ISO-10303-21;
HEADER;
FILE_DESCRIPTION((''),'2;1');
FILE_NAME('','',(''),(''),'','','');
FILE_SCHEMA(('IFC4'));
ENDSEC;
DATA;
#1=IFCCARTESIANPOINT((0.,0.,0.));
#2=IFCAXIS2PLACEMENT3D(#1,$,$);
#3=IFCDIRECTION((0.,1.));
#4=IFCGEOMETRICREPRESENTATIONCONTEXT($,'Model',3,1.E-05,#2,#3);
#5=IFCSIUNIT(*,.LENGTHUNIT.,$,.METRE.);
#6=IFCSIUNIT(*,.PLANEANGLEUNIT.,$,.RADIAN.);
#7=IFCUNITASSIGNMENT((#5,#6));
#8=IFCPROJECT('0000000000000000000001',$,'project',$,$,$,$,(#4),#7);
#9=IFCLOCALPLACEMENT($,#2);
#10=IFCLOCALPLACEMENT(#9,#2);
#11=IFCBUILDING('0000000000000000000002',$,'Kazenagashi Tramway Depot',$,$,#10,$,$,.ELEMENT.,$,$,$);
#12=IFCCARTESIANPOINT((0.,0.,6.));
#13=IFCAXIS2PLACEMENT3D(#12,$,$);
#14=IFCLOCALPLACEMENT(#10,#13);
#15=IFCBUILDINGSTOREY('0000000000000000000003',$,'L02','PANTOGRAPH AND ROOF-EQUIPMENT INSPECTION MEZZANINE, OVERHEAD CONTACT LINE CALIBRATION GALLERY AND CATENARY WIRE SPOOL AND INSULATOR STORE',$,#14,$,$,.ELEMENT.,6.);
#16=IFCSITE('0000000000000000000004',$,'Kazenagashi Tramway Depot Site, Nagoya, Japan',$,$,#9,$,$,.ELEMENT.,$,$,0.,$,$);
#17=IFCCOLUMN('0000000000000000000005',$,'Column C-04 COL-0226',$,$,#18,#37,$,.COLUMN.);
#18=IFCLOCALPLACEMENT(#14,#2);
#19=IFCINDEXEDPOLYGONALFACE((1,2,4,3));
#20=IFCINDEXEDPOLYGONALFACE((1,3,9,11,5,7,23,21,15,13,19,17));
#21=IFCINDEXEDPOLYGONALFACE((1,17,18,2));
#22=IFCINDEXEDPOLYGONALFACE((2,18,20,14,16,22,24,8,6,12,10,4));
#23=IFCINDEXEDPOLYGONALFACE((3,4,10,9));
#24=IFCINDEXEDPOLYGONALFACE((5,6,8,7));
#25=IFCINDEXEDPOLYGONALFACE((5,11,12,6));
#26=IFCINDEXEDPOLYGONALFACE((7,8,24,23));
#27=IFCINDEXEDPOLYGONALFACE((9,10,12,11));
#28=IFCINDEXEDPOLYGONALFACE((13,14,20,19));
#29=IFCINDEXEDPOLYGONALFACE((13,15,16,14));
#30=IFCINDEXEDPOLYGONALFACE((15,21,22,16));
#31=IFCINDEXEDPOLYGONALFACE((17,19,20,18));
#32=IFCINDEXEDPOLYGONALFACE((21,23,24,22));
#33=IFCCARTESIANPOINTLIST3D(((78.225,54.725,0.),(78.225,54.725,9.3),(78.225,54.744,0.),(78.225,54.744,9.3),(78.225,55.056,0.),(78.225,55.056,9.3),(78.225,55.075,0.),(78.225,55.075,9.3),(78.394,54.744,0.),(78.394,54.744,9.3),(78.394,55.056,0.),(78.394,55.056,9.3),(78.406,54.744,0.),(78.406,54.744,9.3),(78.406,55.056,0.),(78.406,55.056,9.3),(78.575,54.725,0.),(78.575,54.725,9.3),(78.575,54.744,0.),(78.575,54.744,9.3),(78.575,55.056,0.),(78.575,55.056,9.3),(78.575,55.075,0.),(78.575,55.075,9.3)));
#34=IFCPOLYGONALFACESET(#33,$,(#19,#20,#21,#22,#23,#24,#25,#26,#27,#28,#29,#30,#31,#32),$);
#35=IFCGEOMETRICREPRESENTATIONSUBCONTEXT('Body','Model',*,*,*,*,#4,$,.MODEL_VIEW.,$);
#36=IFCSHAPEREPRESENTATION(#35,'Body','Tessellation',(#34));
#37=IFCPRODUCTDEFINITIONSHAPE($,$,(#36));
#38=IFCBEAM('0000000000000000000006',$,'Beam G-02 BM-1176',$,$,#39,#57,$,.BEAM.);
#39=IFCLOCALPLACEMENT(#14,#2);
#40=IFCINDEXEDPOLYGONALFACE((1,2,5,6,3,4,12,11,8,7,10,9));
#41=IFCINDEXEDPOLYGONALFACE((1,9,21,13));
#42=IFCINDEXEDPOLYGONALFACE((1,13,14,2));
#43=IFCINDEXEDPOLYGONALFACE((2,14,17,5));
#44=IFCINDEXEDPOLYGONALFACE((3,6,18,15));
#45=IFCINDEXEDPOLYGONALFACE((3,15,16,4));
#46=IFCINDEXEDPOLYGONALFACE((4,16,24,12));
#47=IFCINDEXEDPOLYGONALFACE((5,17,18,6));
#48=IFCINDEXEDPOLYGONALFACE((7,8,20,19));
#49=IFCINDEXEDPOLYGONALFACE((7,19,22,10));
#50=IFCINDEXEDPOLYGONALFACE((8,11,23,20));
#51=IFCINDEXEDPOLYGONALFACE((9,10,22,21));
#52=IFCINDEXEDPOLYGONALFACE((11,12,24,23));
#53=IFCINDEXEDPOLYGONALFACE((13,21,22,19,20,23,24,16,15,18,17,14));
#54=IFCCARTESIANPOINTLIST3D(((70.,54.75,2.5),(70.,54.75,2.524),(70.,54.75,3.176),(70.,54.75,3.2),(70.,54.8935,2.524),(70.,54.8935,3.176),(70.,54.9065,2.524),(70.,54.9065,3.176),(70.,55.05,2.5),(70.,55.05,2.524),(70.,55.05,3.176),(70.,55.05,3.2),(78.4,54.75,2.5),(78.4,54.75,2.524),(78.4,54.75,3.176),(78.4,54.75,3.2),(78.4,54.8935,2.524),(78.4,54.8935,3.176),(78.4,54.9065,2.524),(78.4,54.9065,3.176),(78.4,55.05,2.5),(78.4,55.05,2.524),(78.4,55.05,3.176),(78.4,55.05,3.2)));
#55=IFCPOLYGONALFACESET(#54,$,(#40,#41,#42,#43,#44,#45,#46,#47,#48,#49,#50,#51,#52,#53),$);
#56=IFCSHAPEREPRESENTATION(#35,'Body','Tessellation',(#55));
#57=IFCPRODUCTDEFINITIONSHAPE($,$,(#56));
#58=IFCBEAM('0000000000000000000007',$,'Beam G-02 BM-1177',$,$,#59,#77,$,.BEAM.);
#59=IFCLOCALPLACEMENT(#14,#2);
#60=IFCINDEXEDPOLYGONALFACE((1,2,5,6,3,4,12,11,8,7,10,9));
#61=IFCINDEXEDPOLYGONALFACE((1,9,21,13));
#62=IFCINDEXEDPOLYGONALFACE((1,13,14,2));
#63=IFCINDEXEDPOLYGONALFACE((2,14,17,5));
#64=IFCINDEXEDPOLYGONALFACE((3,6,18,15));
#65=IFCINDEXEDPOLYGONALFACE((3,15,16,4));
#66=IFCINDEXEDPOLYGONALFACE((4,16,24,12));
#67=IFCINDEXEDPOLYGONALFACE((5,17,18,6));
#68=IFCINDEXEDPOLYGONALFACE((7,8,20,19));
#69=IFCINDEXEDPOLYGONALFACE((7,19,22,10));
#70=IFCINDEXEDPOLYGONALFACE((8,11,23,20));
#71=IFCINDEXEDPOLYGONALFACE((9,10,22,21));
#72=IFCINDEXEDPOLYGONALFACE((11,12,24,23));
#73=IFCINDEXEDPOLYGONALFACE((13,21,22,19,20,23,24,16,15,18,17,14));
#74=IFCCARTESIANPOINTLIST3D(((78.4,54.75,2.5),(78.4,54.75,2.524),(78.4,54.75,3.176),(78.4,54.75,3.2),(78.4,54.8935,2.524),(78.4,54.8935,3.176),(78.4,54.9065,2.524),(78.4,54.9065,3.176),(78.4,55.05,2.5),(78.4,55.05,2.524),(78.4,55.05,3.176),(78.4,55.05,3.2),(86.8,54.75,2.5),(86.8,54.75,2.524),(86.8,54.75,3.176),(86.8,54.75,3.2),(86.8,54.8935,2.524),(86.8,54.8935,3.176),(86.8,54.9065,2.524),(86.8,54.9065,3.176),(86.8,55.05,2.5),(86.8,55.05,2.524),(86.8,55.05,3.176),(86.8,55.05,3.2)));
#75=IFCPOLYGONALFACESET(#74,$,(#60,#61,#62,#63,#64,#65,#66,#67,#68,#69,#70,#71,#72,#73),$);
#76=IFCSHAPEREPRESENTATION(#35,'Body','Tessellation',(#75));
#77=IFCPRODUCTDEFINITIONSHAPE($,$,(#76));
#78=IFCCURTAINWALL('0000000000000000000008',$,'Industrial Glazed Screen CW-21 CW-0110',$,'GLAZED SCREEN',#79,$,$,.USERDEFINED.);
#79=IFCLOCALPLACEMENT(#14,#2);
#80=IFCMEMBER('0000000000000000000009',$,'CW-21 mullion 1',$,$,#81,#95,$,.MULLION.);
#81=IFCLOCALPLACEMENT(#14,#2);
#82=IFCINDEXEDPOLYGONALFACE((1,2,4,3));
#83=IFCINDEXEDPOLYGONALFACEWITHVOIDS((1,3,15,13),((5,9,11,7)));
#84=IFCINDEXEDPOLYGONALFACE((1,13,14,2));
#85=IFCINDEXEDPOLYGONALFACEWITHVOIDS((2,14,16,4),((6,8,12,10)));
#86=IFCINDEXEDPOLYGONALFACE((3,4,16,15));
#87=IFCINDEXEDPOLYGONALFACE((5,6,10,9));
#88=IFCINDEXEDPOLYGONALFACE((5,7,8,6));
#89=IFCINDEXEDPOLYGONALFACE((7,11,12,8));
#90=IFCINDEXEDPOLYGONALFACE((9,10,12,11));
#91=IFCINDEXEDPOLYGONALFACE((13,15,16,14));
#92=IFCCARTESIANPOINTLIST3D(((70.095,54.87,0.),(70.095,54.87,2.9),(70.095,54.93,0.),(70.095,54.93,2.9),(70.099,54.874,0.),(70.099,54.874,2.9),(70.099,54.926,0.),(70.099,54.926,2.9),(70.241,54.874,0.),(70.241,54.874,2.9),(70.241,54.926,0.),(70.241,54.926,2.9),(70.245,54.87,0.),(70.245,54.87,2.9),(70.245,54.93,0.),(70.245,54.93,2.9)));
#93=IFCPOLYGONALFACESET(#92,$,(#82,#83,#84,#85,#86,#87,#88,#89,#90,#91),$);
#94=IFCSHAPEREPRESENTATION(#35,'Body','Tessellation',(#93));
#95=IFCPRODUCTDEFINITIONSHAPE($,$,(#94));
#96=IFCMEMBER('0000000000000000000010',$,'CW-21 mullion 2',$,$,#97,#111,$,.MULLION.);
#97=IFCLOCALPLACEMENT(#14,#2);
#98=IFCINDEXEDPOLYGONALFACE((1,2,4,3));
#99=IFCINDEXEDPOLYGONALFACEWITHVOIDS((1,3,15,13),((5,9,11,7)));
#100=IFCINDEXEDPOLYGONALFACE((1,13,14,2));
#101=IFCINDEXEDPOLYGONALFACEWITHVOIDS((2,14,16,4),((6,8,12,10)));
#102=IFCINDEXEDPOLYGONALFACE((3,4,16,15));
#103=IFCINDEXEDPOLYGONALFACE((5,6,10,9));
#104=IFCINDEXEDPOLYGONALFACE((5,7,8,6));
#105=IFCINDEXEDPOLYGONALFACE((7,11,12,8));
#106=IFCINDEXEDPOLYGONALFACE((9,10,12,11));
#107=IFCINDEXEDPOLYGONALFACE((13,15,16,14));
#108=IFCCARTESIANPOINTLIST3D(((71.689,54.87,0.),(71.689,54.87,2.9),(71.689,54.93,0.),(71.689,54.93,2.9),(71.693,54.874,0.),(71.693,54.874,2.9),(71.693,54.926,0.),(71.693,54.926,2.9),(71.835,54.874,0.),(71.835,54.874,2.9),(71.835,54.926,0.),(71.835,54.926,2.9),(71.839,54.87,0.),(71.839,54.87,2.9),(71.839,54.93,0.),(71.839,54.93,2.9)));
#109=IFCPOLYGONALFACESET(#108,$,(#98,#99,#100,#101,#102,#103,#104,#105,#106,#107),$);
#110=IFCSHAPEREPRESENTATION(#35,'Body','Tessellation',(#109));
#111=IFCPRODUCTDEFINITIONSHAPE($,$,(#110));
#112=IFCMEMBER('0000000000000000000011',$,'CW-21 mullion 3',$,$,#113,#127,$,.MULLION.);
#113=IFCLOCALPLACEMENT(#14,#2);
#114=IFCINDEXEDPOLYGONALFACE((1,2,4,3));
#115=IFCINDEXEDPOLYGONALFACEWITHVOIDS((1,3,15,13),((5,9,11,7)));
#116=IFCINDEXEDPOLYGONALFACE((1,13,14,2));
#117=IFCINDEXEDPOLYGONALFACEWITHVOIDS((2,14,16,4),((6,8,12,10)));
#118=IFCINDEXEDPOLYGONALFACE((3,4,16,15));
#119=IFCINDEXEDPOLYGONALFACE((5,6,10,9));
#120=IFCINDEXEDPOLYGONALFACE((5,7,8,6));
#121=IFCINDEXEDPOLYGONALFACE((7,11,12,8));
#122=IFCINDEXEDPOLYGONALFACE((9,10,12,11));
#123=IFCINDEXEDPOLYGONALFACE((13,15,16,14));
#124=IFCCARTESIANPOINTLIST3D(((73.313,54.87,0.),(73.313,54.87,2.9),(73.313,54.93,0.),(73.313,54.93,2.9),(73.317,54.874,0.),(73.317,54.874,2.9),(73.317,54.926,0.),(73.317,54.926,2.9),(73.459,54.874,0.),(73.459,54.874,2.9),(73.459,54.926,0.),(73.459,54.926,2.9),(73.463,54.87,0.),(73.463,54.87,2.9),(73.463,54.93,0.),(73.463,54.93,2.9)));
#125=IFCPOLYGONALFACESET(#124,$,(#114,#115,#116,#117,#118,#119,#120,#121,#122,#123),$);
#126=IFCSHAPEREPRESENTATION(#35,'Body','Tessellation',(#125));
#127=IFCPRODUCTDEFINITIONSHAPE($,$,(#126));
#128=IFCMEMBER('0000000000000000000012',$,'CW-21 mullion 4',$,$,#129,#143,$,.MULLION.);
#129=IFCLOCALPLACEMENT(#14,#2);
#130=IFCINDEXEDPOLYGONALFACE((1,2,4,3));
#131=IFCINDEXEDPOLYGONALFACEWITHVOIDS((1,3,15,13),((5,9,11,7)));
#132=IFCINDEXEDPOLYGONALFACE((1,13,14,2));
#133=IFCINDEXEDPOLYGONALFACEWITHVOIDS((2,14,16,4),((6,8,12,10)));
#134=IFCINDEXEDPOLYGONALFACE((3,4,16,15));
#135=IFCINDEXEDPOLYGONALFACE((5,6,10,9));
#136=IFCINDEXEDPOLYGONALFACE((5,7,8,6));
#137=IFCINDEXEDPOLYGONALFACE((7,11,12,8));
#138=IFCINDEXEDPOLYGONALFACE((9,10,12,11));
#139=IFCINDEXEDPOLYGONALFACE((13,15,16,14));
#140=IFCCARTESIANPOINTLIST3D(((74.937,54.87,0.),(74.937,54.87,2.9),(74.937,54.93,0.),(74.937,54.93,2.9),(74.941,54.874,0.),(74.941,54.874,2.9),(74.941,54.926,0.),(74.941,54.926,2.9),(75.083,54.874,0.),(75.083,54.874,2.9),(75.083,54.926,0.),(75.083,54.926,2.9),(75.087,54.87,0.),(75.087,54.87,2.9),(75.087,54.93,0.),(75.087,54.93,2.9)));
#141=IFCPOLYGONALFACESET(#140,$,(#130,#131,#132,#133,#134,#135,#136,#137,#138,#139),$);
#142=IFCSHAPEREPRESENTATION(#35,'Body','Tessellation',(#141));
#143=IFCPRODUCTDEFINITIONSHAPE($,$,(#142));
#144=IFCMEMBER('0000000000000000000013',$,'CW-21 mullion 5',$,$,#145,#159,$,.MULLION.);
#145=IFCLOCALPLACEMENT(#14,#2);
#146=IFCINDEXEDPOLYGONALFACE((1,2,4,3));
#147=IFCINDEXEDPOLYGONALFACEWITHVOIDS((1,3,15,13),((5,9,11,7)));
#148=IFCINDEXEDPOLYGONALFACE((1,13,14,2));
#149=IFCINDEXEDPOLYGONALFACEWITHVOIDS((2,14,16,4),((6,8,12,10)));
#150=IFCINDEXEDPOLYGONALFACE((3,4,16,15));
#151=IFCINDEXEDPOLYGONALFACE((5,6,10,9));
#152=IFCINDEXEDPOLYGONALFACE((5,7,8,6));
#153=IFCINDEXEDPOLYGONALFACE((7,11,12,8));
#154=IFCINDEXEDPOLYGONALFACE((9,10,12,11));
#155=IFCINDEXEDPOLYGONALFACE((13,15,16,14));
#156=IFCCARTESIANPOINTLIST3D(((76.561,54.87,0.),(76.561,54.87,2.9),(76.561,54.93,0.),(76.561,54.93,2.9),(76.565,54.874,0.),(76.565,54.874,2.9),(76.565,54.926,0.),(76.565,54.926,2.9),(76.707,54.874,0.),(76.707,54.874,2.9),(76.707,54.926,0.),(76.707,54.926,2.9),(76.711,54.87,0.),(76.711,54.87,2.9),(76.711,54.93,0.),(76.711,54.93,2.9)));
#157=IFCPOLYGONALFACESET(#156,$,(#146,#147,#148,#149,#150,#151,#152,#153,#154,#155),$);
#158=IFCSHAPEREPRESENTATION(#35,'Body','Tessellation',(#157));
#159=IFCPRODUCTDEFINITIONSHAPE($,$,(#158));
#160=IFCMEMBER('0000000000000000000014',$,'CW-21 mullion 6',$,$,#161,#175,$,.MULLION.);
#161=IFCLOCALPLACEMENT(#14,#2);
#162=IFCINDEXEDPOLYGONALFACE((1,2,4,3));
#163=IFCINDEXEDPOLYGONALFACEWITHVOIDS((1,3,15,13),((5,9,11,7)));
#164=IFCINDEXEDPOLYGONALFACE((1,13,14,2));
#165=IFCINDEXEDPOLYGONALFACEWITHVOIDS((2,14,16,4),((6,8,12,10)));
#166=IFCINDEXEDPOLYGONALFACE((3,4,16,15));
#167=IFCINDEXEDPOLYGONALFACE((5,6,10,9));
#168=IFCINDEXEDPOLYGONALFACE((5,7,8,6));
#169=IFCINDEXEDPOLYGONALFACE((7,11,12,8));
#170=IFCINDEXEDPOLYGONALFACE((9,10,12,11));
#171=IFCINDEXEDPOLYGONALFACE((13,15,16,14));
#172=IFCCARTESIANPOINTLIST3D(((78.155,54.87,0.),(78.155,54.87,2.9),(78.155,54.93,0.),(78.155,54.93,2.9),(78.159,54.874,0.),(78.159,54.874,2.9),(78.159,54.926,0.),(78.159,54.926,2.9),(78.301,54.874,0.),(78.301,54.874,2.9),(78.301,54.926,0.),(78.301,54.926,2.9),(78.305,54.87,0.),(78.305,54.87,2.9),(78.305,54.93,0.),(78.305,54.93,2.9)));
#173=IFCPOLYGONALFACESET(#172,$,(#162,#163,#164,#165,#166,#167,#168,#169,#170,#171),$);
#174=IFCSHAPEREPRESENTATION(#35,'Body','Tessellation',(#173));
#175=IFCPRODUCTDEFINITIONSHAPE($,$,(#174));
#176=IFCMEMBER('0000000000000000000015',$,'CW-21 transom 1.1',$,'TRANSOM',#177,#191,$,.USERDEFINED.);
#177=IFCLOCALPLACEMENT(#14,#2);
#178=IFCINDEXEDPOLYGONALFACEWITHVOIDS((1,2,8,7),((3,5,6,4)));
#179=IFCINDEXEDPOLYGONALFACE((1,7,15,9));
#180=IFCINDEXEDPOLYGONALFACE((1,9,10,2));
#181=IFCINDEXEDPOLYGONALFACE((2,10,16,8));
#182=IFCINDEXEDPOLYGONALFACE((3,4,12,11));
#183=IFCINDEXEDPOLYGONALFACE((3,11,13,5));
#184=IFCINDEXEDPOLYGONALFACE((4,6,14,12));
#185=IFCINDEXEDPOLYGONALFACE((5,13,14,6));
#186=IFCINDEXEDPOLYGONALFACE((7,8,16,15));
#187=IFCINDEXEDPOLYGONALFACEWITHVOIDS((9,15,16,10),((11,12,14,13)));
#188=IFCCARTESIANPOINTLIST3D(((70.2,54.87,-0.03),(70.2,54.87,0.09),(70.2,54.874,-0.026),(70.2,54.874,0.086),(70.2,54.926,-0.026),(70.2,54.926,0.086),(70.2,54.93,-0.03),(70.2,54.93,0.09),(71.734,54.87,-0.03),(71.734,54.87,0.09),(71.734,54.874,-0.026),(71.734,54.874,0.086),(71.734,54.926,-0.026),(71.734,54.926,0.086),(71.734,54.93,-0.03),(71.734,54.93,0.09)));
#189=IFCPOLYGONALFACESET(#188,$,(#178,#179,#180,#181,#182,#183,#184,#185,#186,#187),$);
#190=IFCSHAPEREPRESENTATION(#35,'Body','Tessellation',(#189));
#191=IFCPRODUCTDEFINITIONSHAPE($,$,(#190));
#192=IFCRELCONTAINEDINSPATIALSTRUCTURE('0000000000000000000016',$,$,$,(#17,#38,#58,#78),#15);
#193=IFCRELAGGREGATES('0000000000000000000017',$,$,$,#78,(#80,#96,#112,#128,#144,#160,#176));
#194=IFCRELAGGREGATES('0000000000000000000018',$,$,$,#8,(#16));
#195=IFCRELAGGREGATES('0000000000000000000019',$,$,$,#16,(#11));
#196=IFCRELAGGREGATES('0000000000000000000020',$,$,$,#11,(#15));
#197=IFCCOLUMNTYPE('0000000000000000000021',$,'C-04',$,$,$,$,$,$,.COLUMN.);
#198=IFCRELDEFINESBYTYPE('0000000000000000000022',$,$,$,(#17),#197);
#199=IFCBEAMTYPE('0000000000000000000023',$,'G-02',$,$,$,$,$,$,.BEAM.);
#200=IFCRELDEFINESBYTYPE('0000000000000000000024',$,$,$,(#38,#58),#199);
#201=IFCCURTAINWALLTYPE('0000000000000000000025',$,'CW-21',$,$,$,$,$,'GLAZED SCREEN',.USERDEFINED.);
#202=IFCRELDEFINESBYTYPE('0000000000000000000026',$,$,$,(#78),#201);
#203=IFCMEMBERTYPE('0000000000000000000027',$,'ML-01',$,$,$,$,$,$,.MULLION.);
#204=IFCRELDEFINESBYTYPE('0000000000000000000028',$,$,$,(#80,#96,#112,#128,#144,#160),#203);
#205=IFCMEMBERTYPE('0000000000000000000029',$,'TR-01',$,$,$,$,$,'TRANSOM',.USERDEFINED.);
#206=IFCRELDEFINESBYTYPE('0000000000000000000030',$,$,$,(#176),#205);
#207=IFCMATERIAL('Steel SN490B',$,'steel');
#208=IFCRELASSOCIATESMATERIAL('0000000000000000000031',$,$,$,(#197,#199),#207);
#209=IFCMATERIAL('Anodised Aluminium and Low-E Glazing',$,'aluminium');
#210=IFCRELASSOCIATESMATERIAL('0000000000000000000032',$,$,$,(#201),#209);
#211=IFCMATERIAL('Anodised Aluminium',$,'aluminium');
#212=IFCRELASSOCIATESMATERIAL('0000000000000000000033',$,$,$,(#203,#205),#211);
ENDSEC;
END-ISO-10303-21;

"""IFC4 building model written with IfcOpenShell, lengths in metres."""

from ifc_helpers import new_model, si_unit, direction, frame, origin, origin_2d, place, context, subcontext, project, spatial, hollow_rectangle, i_section, extrude, material, material_profile, profile_set, type_object, element, aggregate, save


model = new_model("IFC4")

# Units and contexts
model_context = context("Model", 3, precision=1e-05, world=origin(), true_north=direction((0.0, 1.0)))
body_context = subcontext(model_context, "Body", "Model", "MODEL_VIEW")
ifc_project = project(units=[si_unit("LENGTHUNIT", "METRE"), si_unit("PLANEANGLEUNIT", "RADIAN")], contexts=[model_context])

# Site, building, storey
site_placement = place(None, origin())
site = spatial("IfcSite", under=ifc_project, at=site_placement, Name="Kazenagashi Tramway Depot Site, Nagoya, Japan", CompositionType="ELEMENT", RefElevation=0.0)
building_placement = place(site_placement, origin())
building = spatial("IfcBuilding", under=site, at=building_placement, Name="Kazenagashi Tramway Depot", CompositionType="ELEMENT")
storey_placement = place(building_placement, frame((0.0, 0.0, 6.0)))
storey = spatial("IfcBuildingStorey", under=building, at=storey_placement, Name="L02", Description="PANTOGRAPH AND ROOF-EQUIPMENT INSPECTION MEZZANINE, OVERHEAD CONTACT LINE CALIBRATION GALLERY AND CATENARY WIRE SPOOL AND INSULATOR STORE", CompositionType="ELEMENT", Elevation=6.0)

# Column
ifc_material_1 = material(Name="Steel SN490B", Category="steel")
ifc_material_profile_1 = material_profile(ifc_material_1, i_section(OverallWidth=0.35, OverallDepth=0.35, WebThickness=0.012, FlangeThickness=0.019, at=origin_2d()), Name="H-350x350x12x19")
ifc_profile_set_1 = profile_set([ifc_material_profile_1], Name="Steel SN490B")
column_type = type_object("IfcColumnType", Name="C-04", PredefinedType="COLUMN", material=ifc_profile_set_1)
column_placement = place(storey_placement, frame((78.4, 54.9, 0.0), z_axis=(0.0, 0.0, 1.0), x_axis=(1.0, 0.0, 0.0)))
element("IfcColumn", 1, at=column_placement, inside=storey, type_object=column_type, Name="Column C-04 COL-0226", PredefinedType="COLUMN", context=body_context, shape_type="SweptSolid", body=[
    extrude(i_section(OverallWidth=0.35, OverallDepth=0.35, WebThickness=0.012, FlangeThickness=0.019, at=origin_2d()), origin(), (0.0, 0.0, 1.0), 9.3),
])

# Beams
ifc_material_profile_2 = material_profile(ifc_material_1, i_section(OverallWidth=0.3, OverallDepth=0.7, WebThickness=0.013, FlangeThickness=0.024, at=origin_2d()), Name="H-700x300x13x24")
ifc_profile_set_2 = profile_set([ifc_material_profile_2], Name="Steel SN490B")
beam_type = type_object("IfcBeamType", Name="G-02", PredefinedType="BEAM", material=ifc_profile_set_2)
for number, where, z_axis, x_axis, name in (
    (2, (70.0, 54.9, 2.85), (1.0, 0.0, 0.0), (0.0, 1.0, 0.0), "Beam G-02 BM-1176"),
    (3, (78.4, 54.9, 2.85), (1.0, 0.0, 0.0), (0.0, 1.0, 0.0), "Beam G-02 BM-1177"),
):
    element("IfcBeam", number, at=place(storey_placement, frame(where, z_axis=z_axis, x_axis=x_axis)), inside=storey, type_object=beam_type, Name=name, PredefinedType="BEAM", context=body_context, shape_type="SweptSolid", body=[
        extrude(i_section(OverallWidth=0.3, OverallDepth=0.7, WebThickness=0.013, FlangeThickness=0.024, at=origin_2d()), origin(), (0.0, 0.0, 1.0), 8.4),
    ])

# Curtain wall, members
ifc_material_2 = material(Name="Anodised Aluminium and Low-E Glazing", Category="aluminium")
curtain_wall_type = type_object("IfcCurtainWallType", Name="CW-21", ElementType="GLAZED SCREEN", PredefinedType="USERDEFINED", material=ifc_material_2)
curtain_wall_placement = place(storey_placement, origin())
curtain_wall = element("IfcCurtainWall", 4, at=curtain_wall_placement, inside=storey, type_object=curtain_wall_type, Name="Industrial Glazed Screen CW-21 CW-0110", ObjectType="GLAZED SCREEN", PredefinedType="USERDEFINED")
ifc_material_3 = material(Name="Anodised Aluminium", Category="aluminium")
ifc_material_profile_3 = material_profile(ifc_material_3, hollow_rectangle(XDim=0.06, YDim=0.15, WallThickness=0.004, at=origin_2d()), Name="RHS-150x60x4")
ifc_profile_set_3 = profile_set([ifc_material_profile_3], Name="Anodised Aluminium")
member_type_1 = type_object("IfcMemberType", Name="ML-01", PredefinedType="MULLION", material=ifc_profile_set_3)
member_1_placement = place(storey_placement, frame((70.17, 54.9, 0.0), z_axis=(0.0, 0.0, 1.0), x_axis=(0.0, 1.0, 0.0)))
member_1 = element("IfcMember", 5, at=member_1_placement, type_object=member_type_1, Name="CW-21 mullion 1", PredefinedType="MULLION", context=body_context, shape_type="SweptSolid", body=[
    extrude(hollow_rectangle(XDim=0.06, YDim=0.15, WallThickness=0.004, at=origin_2d()), origin(), (0.0, 0.0, 1.0), 2.9),
])
member_2_placement = place(storey_placement, frame((71.764, 54.9, 0.0), z_axis=(0.0, 0.0, 1.0), x_axis=(0.0, 1.0, 0.0)))
member_2 = element("IfcMember", 6, at=member_2_placement, type_object=member_type_1, Name="CW-21 mullion 2", PredefinedType="MULLION", context=body_context, shape_type="SweptSolid", body=[
    extrude(hollow_rectangle(XDim=0.06, YDim=0.15, WallThickness=0.004, at=origin_2d()), origin(), (0.0, 0.0, 1.0), 2.9),
])
member_3_placement = place(storey_placement, frame((73.388, 54.9, 0.0), z_axis=(0.0, 0.0, 1.0), x_axis=(0.0, 1.0, 0.0)))
member_3 = element("IfcMember", 7, at=member_3_placement, type_object=member_type_1, Name="CW-21 mullion 3", PredefinedType="MULLION", context=body_context, shape_type="SweptSolid", body=[
    extrude(hollow_rectangle(XDim=0.06, YDim=0.15, WallThickness=0.004, at=origin_2d()), origin(), (0.0, 0.0, 1.0), 2.9),
])
member_4_placement = place(storey_placement, frame((75.012, 54.9, 0.0), z_axis=(0.0, 0.0, 1.0), x_axis=(0.0, 1.0, 0.0)))
member_4 = element("IfcMember", 8, at=member_4_placement, type_object=member_type_1, Name="CW-21 mullion 4", PredefinedType="MULLION", context=body_context, shape_type="SweptSolid", body=[
    extrude(hollow_rectangle(XDim=0.06, YDim=0.15, WallThickness=0.004, at=origin_2d()), origin(), (0.0, 0.0, 1.0), 2.9),
])
member_5_placement = place(storey_placement, frame((76.636, 54.9, 0.0), z_axis=(0.0, 0.0, 1.0), x_axis=(0.0, 1.0, 0.0)))
member_5 = element("IfcMember", 9, at=member_5_placement, type_object=member_type_1, Name="CW-21 mullion 5", PredefinedType="MULLION", context=body_context, shape_type="SweptSolid", body=[
    extrude(hollow_rectangle(XDim=0.06, YDim=0.15, WallThickness=0.004, at=origin_2d()), origin(), (0.0, 0.0, 1.0), 2.9),
])
member_6_placement = place(storey_placement, frame((78.23, 54.9, 0.0), z_axis=(0.0, 0.0, 1.0), x_axis=(0.0, 1.0, 0.0)))
member_6 = element("IfcMember", 10, at=member_6_placement, type_object=member_type_1, Name="CW-21 mullion 6", PredefinedType="MULLION", context=body_context, shape_type="SweptSolid", body=[
    extrude(hollow_rectangle(XDim=0.06, YDim=0.15, WallThickness=0.004, at=origin_2d()), origin(), (0.0, 0.0, 1.0), 2.9),
])
ifc_material_profile_4 = material_profile(ifc_material_3, hollow_rectangle(XDim=0.06, YDim=0.12, WallThickness=0.004, at=origin_2d()), Name="RHS-120x60x4")
ifc_profile_set_4 = profile_set([ifc_material_profile_4], Name="Anodised Aluminium")
member_type_2 = type_object("IfcMemberType", Name="TR-01", ElementType="TRANSOM", PredefinedType="USERDEFINED", material=ifc_profile_set_4)
member_7_placement = place(storey_placement, frame((70.2, 54.9, 0.03), z_axis=(1.0, 0.0, 0.0), x_axis=(0.0, 1.0, 0.0)))
member_7 = element("IfcMember", 11, at=member_7_placement, type_object=member_type_2, Name="CW-21 transom 1.1", ObjectType="TRANSOM", PredefinedType="USERDEFINED", context=body_context, shape_type="SweptSolid", body=[
    extrude(hollow_rectangle(XDim=0.06, YDim=0.12, WallThickness=0.004, at=origin_2d()), origin(), (0.0, 0.0, 1.0), 1.534),
])
aggregate(curtain_wall, [member_1, member_2, member_3, member_4, member_5, member_6, member_7])

save(model, "model.ifc")
